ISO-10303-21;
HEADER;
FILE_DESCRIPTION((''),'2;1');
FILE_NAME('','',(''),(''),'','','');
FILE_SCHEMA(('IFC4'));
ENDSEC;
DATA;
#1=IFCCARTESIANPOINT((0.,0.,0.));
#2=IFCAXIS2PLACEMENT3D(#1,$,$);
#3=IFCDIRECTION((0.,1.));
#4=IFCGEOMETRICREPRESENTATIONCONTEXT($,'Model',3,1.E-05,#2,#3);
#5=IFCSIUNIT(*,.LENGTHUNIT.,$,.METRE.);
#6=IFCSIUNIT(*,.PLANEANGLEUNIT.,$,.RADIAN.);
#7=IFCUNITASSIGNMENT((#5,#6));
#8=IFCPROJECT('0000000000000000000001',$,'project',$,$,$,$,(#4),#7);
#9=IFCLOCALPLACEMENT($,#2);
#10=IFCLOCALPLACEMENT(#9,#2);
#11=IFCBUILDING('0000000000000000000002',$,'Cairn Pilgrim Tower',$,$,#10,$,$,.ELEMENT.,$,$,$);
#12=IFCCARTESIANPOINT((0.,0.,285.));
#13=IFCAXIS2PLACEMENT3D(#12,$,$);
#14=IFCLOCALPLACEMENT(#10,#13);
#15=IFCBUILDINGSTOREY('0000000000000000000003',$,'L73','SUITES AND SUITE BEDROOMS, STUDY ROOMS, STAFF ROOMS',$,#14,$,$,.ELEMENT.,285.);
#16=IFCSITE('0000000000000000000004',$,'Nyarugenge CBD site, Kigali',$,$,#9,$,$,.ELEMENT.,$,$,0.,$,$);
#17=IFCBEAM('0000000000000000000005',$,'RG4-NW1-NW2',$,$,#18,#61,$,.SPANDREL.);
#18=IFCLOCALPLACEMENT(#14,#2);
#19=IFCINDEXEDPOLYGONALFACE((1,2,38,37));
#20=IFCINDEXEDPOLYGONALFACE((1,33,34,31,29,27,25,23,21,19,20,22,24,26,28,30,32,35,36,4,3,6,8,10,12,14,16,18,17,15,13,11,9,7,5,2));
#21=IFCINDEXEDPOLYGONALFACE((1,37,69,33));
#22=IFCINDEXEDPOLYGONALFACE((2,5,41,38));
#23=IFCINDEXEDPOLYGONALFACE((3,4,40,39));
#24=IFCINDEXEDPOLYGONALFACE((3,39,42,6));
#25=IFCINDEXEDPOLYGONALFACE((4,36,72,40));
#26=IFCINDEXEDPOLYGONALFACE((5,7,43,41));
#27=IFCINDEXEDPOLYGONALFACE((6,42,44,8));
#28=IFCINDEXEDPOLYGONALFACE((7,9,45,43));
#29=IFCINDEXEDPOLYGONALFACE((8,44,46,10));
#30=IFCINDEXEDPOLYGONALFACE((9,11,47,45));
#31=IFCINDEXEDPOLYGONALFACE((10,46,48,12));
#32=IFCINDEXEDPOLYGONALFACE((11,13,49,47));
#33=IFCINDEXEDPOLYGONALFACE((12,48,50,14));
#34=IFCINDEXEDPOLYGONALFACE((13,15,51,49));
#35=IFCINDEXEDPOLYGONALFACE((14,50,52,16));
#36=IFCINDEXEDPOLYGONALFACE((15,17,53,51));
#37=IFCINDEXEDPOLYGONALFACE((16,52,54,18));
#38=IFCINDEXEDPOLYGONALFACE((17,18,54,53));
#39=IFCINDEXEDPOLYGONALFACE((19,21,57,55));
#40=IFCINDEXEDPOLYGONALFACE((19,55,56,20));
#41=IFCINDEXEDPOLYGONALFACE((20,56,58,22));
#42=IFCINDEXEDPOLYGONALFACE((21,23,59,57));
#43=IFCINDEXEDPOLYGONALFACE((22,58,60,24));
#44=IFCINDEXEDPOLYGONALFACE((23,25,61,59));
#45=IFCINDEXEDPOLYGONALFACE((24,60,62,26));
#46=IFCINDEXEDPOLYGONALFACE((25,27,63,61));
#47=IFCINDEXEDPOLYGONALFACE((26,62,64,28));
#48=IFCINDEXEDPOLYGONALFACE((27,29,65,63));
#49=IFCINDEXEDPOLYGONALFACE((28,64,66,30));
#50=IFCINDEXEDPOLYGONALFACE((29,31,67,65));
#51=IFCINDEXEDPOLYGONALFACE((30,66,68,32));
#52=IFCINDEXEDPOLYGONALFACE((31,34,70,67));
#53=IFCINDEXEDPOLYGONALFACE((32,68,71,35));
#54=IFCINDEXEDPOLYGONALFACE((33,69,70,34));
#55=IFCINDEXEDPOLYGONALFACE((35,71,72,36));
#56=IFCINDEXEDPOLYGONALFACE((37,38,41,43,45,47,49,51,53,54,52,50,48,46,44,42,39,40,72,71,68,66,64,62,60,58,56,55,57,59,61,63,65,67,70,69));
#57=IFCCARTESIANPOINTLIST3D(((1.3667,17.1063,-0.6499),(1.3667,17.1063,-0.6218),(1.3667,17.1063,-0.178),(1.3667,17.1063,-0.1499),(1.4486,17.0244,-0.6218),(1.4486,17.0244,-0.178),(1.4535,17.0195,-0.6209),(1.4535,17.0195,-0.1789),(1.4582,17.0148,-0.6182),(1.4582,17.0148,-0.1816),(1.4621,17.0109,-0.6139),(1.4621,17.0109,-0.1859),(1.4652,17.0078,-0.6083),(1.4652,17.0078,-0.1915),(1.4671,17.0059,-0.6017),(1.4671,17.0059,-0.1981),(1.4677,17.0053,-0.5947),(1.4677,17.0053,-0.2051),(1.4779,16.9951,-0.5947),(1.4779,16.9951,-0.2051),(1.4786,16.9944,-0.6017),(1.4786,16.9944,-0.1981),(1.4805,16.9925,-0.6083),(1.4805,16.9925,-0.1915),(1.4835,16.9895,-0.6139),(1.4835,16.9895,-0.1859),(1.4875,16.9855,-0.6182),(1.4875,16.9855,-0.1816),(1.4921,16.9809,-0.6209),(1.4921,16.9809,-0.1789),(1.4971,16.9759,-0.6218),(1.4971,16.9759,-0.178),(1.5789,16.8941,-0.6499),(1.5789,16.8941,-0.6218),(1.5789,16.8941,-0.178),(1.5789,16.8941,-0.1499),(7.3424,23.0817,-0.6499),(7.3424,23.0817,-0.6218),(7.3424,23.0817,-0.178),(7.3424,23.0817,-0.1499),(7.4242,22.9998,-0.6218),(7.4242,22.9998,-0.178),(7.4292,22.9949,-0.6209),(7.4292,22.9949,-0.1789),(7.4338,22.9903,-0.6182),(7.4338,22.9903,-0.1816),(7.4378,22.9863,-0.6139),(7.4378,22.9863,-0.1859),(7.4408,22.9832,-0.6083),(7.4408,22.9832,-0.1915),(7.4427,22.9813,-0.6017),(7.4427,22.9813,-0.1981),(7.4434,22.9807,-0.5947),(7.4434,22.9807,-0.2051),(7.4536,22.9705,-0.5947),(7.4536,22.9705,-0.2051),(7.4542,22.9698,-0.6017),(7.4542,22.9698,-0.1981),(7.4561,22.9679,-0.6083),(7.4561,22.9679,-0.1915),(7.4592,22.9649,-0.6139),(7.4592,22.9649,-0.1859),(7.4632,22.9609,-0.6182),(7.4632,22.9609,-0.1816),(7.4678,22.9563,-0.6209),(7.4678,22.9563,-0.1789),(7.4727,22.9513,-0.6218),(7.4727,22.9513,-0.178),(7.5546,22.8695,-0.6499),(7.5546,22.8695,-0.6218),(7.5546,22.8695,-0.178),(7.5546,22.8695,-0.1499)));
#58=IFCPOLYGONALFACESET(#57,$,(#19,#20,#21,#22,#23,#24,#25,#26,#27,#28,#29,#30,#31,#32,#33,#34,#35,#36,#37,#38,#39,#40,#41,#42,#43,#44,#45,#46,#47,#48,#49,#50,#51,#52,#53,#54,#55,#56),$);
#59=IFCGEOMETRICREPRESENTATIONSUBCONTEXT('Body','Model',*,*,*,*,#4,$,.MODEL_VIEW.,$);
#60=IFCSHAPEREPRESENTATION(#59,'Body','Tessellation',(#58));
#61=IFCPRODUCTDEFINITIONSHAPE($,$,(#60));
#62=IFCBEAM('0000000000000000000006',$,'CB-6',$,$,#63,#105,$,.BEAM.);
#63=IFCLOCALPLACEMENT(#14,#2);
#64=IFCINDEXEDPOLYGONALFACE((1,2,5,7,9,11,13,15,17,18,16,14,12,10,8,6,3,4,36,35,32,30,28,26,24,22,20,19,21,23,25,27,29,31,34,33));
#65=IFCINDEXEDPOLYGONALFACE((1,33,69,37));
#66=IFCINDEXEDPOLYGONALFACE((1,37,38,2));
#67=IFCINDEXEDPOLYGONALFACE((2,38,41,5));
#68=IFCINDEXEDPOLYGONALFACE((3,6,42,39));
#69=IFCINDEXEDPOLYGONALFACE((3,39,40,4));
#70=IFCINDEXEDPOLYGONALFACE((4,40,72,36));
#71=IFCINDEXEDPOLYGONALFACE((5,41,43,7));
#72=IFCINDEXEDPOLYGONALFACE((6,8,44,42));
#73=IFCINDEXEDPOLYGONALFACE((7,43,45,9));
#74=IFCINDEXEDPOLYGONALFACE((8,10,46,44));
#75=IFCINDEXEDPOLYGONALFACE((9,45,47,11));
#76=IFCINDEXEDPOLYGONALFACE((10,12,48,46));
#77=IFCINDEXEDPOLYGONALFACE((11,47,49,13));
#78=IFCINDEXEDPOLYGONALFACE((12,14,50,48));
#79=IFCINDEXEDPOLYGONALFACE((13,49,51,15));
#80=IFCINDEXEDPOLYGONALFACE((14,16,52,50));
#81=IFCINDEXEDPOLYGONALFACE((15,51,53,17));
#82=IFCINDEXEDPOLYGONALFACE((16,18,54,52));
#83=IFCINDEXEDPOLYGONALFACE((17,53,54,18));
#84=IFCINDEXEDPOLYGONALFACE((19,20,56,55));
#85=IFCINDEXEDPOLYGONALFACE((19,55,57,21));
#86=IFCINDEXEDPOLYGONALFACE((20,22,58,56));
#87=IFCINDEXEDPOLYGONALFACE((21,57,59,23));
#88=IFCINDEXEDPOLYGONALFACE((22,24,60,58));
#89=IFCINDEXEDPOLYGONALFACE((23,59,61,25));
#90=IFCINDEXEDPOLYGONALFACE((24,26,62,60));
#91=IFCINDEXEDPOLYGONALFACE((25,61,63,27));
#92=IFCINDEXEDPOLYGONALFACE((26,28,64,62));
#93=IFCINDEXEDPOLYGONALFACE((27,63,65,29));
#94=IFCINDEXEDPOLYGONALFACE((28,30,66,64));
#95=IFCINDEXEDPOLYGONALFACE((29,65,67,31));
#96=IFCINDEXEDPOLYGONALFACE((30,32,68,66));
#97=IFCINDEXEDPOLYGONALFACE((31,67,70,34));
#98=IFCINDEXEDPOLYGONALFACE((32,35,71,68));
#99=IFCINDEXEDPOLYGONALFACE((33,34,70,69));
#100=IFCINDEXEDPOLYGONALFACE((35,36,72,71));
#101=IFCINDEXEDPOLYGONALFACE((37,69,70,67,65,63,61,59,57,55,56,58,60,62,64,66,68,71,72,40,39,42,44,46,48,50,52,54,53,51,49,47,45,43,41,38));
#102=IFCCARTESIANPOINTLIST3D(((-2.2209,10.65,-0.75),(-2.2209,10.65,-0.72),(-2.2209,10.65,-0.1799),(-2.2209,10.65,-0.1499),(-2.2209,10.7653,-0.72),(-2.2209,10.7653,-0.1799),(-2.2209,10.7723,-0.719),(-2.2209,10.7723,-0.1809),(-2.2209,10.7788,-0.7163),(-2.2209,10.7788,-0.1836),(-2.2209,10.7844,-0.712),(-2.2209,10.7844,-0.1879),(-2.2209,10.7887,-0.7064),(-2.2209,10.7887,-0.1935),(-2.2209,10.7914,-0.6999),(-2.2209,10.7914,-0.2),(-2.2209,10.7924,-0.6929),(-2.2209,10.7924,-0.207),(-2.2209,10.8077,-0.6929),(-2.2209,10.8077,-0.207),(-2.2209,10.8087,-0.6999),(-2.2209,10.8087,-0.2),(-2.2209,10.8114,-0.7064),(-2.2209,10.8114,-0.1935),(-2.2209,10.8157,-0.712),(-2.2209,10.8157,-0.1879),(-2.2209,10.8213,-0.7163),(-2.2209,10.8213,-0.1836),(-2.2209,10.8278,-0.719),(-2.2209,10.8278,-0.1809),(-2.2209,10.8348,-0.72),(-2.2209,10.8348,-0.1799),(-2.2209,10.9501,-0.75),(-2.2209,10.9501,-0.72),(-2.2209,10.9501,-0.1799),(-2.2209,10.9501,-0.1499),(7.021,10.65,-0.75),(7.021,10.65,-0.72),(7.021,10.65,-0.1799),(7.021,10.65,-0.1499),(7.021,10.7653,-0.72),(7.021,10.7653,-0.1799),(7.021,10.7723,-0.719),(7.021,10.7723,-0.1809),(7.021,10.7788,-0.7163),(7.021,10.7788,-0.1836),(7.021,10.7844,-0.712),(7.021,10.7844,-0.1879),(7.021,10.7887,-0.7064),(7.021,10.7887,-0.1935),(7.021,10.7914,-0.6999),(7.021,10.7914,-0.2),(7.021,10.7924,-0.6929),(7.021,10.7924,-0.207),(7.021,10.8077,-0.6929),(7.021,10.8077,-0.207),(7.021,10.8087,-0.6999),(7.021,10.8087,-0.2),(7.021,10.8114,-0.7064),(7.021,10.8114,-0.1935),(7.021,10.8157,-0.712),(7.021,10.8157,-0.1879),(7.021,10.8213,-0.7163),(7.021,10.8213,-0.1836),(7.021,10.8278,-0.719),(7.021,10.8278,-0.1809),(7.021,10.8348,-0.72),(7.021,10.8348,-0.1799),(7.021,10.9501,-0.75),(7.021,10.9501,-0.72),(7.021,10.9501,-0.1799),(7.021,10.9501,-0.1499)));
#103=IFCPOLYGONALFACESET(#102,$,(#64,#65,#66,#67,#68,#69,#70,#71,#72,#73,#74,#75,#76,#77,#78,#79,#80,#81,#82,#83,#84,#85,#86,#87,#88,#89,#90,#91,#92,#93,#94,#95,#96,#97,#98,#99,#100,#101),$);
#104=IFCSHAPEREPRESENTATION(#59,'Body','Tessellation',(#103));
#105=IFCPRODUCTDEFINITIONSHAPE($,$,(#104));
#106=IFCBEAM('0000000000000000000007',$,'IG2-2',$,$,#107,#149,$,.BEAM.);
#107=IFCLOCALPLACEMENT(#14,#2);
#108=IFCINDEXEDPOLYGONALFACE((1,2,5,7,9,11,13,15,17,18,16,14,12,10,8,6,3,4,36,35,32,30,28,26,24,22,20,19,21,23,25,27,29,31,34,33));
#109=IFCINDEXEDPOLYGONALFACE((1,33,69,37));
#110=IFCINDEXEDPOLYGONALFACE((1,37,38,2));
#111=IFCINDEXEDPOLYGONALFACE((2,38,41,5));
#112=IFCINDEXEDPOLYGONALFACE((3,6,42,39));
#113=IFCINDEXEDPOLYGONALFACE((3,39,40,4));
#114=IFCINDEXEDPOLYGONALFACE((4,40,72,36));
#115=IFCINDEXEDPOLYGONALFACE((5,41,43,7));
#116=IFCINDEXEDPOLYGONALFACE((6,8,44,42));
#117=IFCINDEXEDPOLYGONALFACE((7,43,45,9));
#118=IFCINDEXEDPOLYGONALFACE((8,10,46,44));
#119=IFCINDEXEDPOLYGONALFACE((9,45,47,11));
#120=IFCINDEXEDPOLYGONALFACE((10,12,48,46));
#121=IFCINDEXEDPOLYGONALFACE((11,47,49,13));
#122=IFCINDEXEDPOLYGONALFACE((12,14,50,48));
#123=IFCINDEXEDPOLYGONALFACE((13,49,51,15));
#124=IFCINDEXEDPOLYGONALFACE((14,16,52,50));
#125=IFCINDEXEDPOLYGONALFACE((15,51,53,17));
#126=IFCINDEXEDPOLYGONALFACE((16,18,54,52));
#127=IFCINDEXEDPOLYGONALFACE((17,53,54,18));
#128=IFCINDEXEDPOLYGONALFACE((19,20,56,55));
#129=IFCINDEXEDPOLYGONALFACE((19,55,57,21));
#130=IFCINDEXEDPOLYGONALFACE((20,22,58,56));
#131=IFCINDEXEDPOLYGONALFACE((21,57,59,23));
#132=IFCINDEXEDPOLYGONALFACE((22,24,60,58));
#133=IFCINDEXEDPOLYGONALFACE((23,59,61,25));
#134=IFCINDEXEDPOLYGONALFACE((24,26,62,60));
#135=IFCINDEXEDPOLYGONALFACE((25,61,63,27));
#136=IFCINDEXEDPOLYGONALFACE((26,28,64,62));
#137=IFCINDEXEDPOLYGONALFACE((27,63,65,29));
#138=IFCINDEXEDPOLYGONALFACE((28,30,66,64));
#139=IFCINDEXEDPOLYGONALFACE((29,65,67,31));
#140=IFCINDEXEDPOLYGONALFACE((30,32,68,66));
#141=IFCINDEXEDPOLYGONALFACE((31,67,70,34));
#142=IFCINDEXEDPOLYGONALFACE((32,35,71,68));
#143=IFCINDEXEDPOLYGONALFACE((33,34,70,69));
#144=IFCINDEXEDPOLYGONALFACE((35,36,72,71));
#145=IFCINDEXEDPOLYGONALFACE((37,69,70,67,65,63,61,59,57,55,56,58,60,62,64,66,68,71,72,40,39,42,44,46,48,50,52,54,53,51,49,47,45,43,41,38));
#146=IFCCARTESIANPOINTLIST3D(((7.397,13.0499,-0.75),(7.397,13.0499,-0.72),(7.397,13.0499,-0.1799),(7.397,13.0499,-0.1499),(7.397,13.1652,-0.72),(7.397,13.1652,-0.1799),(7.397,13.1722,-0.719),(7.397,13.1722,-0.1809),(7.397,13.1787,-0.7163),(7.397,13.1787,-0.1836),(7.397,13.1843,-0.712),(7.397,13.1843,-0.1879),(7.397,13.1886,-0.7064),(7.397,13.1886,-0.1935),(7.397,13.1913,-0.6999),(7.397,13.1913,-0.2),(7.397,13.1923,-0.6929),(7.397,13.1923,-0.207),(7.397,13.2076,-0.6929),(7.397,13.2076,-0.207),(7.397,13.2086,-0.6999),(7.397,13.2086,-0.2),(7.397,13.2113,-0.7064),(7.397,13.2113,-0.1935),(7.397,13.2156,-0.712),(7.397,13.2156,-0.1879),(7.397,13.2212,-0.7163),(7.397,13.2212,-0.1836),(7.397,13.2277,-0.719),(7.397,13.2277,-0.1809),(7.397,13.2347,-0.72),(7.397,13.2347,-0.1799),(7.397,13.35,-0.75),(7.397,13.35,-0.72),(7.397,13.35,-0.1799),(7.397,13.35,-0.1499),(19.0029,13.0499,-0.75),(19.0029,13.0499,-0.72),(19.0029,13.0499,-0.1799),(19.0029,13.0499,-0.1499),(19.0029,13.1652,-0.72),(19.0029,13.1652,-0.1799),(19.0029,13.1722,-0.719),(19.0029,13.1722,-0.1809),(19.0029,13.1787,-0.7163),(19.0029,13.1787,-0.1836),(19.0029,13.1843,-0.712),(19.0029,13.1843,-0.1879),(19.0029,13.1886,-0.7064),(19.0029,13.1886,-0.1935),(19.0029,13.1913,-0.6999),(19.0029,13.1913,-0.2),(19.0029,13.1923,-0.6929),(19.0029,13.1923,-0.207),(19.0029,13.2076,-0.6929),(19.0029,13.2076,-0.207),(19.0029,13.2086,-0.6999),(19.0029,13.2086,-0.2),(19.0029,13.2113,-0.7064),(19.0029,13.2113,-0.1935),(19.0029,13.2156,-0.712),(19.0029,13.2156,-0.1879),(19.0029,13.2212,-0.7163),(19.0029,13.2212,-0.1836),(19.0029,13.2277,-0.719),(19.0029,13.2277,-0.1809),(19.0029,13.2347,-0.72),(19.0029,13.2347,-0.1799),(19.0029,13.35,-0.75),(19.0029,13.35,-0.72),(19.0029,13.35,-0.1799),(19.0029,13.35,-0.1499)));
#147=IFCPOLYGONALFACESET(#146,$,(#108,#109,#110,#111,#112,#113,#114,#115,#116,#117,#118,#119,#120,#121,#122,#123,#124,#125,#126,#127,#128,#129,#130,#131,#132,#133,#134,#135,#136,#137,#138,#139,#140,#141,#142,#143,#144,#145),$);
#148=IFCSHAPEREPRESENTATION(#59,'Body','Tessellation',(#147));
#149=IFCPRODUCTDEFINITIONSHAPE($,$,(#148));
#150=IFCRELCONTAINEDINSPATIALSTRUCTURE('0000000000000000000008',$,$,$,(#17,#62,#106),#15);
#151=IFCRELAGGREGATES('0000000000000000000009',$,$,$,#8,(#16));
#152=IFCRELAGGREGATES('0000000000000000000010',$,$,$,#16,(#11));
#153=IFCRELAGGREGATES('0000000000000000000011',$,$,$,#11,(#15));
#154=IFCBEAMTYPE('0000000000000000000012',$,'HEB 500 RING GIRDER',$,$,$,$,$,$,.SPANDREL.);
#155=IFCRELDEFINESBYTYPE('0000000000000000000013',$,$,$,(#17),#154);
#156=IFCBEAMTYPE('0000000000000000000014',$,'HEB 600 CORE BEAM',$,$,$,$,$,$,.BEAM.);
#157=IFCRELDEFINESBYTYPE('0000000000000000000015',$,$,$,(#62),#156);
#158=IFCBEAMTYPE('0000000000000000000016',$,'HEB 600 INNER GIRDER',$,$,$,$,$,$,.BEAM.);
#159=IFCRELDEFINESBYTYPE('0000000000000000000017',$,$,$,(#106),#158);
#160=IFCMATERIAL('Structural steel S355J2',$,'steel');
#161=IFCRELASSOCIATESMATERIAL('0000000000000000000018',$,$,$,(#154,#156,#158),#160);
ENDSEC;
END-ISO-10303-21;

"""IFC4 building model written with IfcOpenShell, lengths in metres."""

from ifc_helpers import new_model, si_unit, direction, frame, origin, origin_2d, place, context, subcontext, project, spatial, i_section, extrude, material, material_profile, profile_set, type_object, element, save


model = new_model("IFC4")

# Units and contexts
model_context = context("Model", 3, precision=1e-05, world=origin(), true_north=direction((0.0, 1.0)))
body_context = subcontext(model_context, "Body", "Model", "MODEL_VIEW")
ifc_project = project(units=[si_unit("LENGTHUNIT", "METRE"), si_unit("PLANEANGLEUNIT", "RADIAN")], contexts=[model_context])

# Site, building, storey
site_placement = place(None, origin())
site = spatial("IfcSite", under=ifc_project, at=site_placement, Name="Nyarugenge CBD site, Kigali", CompositionType="ELEMENT", RefElevation=0.0)
building_placement = place(site_placement, origin())
building = spatial("IfcBuilding", under=site, at=building_placement, Name="Cairn Pilgrim Tower", CompositionType="ELEMENT")
storey_placement = place(building_placement, frame((0.0, 0.0, 285.0)))
storey = spatial("IfcBuildingStorey", under=building, at=storey_placement, Name="L73", Description="SUITES AND SUITE BEDROOMS, STUDY ROOMS, STAFF ROOMS", CompositionType="ELEMENT", Elevation=285.0)

# Shared definitions
ifc_material_1 = material(Name="Structural steel S355J2", Category="steel")

# Beams
ifc_material_profile_1 = material_profile(ifc_material_1, i_section(OverallWidth=0.3, OverallDepth=0.5, WebThickness=0.0144, FlangeThickness=0.0281, FilletRadius=0.0271, at=origin_2d()), Name="HEB 500")
ifc_profile_set_1 = profile_set([ifc_material_profile_1], Name="Structural steel S355J2")
beam_type_1 = type_object("IfcBeamType", Name="HEB 500 RING GIRDER", PredefinedType="SPANDREL", material=ifc_profile_set_1)
beam_1_placement = place(storey_placement, frame((7.4485, 22.9756, -0.3999), z_axis=(-0.707121, -0.707092, 0.0), x_axis=(0.707092, -0.707121, 0.0)))
element("IfcBeam", 1, at=beam_1_placement, inside=storey, type_object=beam_type_1, Name="RG4-NW1-NW2", PredefinedType="SPANDREL", context=body_context, shape_type="SweptSolid", body=[
    extrude(i_section(OverallWidth=0.3, OverallDepth=0.5, WebThickness=0.0144, FlangeThickness=0.0281, FilletRadius=0.0271, at=origin_2d()), origin(), (0.0, 0.0, 1.0), 8.4507),
])
ifc_material_profile_2 = material_profile(ifc_material_1, i_section(OverallWidth=0.3, OverallDepth=0.6001, WebThickness=0.0154, FlangeThickness=0.03, FilletRadius=0.0271, at=origin_2d()), Name="HEB 600")
ifc_profile_set_2 = profile_set([ifc_material_profile_2], Name="Structural steel S355J2")
beam_type_2 = type_object("IfcBeamType", Name="HEB 600 CORE BEAM", PredefinedType="BEAM", material=ifc_profile_set_2)
beam_2_placement = place(storey_placement, frame((7.021, 10.8, -0.45), z_axis=(-1.0, 0.0, 0.0), x_axis=(0.0, -1.0, 0.0)))
element("IfcBeam", 2, at=beam_2_placement, inside=storey, type_object=beam_type_2, Name="CB-6", PredefinedType="BEAM", context=body_context, shape_type="SweptSolid", body=[
    extrude(i_section(OverallWidth=0.3, OverallDepth=0.6001, WebThickness=0.0154, FlangeThickness=0.03, FilletRadius=0.0271, at=origin_2d()), origin(), (0.0, 0.0, 1.0), 9.2419),
])
ifc_material_profile_3 = material_profile(ifc_material_1, i_section(OverallWidth=0.3, OverallDepth=0.6001, WebThickness=0.0154, FlangeThickness=0.03, FilletRadius=0.0271, at=origin_2d()), Name="HEB 600")
ifc_profile_set_3 = profile_set([ifc_material_profile_3], Name="Structural steel S355J2")
beam_type_3 = type_object("IfcBeamType", Name="HEB 600 INNER GIRDER", PredefinedType="BEAM", material=ifc_profile_set_3)
beam_3_placement = place(storey_placement, frame((7.397, 13.2, -0.45), z_axis=(1.0, 0.0, 0.0), x_axis=(0.0, 1.0, 0.0)))
element("IfcBeam", 3, at=beam_3_placement, inside=storey, type_object=beam_type_3, Name="IG2-2", PredefinedType="BEAM", context=body_context, shape_type="SweptSolid", body=[
    extrude(i_section(OverallWidth=0.3, OverallDepth=0.6001, WebThickness=0.0154, FlangeThickness=0.03, FilletRadius=0.0271, at=origin_2d()), origin(), (0.0, 0.0, 1.0), 11.606),
])

save(model, "model.ifc")
